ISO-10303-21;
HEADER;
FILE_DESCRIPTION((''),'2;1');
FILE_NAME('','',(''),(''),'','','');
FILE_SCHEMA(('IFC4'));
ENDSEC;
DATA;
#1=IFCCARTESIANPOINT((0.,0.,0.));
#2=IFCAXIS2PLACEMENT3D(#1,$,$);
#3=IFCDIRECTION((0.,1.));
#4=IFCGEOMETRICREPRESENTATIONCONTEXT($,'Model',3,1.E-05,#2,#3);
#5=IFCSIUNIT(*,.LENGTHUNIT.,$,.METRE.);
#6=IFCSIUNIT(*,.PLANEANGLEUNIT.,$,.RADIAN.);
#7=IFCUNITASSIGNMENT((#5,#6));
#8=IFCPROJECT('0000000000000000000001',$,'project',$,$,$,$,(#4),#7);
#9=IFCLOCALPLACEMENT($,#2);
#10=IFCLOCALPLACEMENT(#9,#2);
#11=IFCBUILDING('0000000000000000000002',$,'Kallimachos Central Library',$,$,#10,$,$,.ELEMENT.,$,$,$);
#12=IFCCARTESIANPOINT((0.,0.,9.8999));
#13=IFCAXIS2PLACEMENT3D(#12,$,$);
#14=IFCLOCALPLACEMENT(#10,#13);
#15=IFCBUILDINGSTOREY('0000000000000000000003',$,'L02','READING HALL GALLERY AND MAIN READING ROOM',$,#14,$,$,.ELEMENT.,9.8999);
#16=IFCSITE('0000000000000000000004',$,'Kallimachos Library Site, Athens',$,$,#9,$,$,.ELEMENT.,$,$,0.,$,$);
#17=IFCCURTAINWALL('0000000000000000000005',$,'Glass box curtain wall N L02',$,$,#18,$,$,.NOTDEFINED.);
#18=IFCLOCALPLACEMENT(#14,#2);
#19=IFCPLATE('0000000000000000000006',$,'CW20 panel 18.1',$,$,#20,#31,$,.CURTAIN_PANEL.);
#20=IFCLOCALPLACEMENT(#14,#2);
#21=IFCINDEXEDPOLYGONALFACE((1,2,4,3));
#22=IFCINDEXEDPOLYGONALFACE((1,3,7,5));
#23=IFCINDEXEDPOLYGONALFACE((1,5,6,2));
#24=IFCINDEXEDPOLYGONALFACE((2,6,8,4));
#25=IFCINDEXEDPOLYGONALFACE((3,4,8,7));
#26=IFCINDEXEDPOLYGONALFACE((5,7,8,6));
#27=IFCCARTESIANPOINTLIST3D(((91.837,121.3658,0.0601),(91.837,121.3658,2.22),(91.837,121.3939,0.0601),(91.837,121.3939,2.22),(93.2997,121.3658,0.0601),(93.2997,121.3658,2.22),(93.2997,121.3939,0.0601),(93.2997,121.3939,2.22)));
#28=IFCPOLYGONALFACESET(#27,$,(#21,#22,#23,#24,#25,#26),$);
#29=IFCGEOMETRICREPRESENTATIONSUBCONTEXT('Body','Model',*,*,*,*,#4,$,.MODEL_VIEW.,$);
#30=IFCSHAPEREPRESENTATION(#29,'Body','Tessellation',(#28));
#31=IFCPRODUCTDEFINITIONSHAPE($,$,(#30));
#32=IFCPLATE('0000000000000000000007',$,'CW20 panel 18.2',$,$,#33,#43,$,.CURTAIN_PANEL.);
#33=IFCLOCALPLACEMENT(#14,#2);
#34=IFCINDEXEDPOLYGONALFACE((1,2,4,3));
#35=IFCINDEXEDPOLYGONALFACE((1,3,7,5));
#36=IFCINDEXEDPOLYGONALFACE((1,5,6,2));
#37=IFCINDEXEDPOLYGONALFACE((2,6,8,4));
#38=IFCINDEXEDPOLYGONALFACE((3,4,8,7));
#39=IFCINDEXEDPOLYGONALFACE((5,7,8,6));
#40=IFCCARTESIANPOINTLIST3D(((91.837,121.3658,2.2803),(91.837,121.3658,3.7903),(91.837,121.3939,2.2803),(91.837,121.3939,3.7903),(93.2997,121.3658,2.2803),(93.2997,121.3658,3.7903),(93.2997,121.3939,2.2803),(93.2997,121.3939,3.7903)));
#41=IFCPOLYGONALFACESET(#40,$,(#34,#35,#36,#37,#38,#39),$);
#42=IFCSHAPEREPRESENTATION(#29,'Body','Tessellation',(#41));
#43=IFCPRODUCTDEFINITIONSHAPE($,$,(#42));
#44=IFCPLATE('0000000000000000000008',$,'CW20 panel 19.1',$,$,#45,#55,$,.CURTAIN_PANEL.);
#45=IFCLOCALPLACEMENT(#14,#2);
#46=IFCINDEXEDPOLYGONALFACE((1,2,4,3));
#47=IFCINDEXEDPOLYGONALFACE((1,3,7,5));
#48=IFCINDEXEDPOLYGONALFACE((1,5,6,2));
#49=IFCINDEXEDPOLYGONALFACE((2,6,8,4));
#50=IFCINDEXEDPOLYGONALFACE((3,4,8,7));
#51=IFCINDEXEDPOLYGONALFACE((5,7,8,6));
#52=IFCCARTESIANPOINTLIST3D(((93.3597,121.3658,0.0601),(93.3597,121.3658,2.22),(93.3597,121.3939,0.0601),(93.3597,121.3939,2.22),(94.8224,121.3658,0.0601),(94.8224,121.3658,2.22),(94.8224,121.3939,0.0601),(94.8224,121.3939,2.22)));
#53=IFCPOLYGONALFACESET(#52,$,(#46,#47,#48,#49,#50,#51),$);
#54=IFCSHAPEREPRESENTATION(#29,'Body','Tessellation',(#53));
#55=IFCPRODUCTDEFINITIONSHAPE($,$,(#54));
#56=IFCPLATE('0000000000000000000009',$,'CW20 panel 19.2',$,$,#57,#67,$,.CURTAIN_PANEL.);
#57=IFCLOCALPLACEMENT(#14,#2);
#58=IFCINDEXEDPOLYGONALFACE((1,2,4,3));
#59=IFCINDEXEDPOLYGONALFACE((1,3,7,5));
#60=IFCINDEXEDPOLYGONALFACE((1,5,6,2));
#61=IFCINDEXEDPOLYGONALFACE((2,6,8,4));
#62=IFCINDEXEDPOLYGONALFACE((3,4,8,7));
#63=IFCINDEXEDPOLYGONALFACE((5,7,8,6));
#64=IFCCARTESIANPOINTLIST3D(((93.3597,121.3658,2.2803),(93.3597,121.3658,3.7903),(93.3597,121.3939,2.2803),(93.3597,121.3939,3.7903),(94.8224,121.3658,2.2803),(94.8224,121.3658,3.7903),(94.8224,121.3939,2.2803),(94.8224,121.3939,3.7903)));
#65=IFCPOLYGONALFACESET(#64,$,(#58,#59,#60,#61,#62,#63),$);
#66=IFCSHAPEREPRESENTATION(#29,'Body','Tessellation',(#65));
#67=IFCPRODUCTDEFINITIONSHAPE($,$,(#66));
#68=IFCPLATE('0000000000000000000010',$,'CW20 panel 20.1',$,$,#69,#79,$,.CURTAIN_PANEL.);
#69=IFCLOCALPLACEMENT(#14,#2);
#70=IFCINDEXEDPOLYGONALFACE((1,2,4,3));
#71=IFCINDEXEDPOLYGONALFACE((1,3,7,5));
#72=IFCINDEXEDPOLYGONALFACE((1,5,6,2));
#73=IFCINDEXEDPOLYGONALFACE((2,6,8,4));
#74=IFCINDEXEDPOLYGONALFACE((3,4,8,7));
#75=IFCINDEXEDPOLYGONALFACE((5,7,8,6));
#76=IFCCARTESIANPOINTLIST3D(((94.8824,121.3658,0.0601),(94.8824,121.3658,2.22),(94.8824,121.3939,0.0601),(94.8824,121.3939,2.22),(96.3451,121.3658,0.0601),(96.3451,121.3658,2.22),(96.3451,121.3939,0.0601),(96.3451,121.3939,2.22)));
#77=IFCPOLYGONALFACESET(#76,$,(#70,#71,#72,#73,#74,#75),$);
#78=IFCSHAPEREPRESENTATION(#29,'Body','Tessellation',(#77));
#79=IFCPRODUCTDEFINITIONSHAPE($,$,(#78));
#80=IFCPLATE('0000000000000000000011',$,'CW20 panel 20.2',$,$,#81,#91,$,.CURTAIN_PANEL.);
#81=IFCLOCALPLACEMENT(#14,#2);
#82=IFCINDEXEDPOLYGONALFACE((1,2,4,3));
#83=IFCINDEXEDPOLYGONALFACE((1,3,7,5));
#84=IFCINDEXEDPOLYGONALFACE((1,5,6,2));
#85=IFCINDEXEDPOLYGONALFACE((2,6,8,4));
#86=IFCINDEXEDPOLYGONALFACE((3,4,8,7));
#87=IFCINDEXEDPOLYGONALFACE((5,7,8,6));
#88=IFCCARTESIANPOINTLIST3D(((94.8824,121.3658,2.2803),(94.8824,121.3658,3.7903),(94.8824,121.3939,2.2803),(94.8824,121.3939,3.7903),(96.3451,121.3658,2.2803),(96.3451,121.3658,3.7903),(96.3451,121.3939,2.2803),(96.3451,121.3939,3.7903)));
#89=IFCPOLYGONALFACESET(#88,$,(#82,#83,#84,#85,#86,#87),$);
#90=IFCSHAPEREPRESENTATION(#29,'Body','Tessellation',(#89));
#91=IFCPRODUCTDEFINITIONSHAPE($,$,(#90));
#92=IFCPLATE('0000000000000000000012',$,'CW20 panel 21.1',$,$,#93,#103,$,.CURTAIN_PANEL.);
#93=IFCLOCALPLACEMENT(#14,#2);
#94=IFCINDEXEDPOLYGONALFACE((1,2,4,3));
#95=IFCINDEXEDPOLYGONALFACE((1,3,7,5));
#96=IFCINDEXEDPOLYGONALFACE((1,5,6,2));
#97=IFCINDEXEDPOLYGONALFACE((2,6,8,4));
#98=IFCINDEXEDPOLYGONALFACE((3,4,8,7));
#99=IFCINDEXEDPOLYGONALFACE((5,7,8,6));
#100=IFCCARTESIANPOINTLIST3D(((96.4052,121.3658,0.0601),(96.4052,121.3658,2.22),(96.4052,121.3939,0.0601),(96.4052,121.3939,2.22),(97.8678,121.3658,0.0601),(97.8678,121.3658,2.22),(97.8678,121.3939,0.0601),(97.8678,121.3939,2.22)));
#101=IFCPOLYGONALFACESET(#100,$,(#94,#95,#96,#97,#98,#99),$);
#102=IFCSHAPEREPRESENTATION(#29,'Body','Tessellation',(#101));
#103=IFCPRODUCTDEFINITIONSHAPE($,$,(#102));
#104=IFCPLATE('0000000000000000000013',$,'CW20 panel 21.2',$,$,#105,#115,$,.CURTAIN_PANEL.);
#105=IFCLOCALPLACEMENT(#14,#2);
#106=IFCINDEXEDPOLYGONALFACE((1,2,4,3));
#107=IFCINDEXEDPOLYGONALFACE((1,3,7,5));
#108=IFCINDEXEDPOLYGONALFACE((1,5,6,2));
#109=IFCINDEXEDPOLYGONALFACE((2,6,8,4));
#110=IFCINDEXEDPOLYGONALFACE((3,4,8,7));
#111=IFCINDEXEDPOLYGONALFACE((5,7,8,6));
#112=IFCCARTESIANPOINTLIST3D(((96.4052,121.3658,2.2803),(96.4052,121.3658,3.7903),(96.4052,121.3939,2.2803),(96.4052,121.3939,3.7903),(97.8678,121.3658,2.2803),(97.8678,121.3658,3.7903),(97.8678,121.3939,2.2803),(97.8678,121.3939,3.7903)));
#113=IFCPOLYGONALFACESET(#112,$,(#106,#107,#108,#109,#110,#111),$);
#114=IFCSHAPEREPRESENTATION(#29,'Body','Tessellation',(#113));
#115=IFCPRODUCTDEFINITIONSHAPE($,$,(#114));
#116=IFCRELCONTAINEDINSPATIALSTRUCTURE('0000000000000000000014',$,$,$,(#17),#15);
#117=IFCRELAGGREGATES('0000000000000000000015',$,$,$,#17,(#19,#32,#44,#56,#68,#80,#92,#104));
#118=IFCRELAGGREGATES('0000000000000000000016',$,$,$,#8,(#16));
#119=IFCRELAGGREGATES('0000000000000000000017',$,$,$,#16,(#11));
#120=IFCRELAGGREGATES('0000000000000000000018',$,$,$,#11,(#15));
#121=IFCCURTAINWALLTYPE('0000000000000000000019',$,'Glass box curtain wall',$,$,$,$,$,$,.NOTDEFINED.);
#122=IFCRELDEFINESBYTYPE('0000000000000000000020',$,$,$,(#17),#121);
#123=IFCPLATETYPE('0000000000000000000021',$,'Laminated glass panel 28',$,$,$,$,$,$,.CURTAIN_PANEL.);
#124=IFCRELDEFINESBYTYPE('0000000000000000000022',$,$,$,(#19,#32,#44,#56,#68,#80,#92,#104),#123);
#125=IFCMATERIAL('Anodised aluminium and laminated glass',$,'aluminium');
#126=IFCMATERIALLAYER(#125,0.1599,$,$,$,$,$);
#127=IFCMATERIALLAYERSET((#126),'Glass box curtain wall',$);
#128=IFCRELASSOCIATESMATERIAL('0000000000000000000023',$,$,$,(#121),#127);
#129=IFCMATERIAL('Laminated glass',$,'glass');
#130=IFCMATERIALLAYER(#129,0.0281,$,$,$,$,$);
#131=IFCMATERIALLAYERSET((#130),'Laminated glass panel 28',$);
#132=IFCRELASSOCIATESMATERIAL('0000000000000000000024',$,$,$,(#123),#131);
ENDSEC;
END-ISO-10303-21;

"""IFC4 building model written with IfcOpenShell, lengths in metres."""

from ifc_helpers import new_model, si_unit, direction, frame, origin, origin_2d, place, context, subcontext, project, spatial, rectangle, extrude, material, layer, layer_set, type_object, element, aggregate, save


model = new_model("IFC4")

# Units and contexts
model_context = context("Model", 3, precision=1e-05, world=origin(), true_north=direction((0.0, 1.0)))
body_context = subcontext(model_context, "Body", "Model", "MODEL_VIEW")
ifc_project = project(units=[si_unit("LENGTHUNIT", "METRE"), si_unit("PLANEANGLEUNIT", "RADIAN")], contexts=[model_context])

# Site, building, storey
site_placement = place(None, origin())
site = spatial("IfcSite", under=ifc_project, at=site_placement, Name="Kallimachos Library Site, Athens", CompositionType="ELEMENT", RefElevation=0.0)
building_placement = place(site_placement, origin())
building = spatial("IfcBuilding", under=site, at=building_placement, Name="Kallimachos Central Library", CompositionType="ELEMENT")
storey_placement = place(building_placement, frame((0.0, 0.0, 9.8999)))
storey = spatial("IfcBuildingStorey", under=building, at=storey_placement, Name="L02", Description="READING HALL GALLERY AND MAIN READING ROOM", CompositionType="ELEMENT", Elevation=9.8999)

# Curtain wall
ifc_material_1 = material(Name="Anodised aluminium and laminated glass", Category="aluminium")
ifc_layer_1 = layer(ifc_material_1, 0.1599)
ifc_layer_set_1 = layer_set([ifc_layer_1], Name="Glass box curtain wall")
curtain_wall_type = type_object("IfcCurtainWallType", Name="Glass box curtain wall", PredefinedType="NOTDEFINED", material=ifc_layer_set_1)
curtain_wall_placement = place(storey_placement, origin())
curtain_wall = element("IfcCurtainWall", 1, at=curtain_wall_placement, inside=storey, type_object=curtain_wall_type, Name="Glass box curtain wall N L02", PredefinedType="NOTDEFINED")

# Plates
ifc_material_2 = material(Name="Laminated glass", Category="glass")
ifc_layer_2 = layer(ifc_material_2, 0.0281)
ifc_layer_set_2 = layer_set([ifc_layer_2], Name="Laminated glass panel 28")
plate_type = type_object("IfcPlateType", Name="Laminated glass panel 28", PredefinedType="CURTAIN_PANEL", material=ifc_layer_set_2)
plate_1_placement = place(storey_placement, frame((92.5684, 121.3799, 0.0601), z_axis=(0.0, 0.0, 1.0), x_axis=(1.0, 0.0, 0.0)))
plate_1 = element("IfcPlate", 2, at=plate_1_placement, type_object=plate_type, Name="CW20 panel 18.1", PredefinedType="CURTAIN_PANEL", context=body_context, shape_type="SweptSolid", body=[
    extrude(rectangle(XDim=1.4626, YDim=0.0281, at=origin_2d()), origin(), (0.0, 0.0, 1.0), 2.1599),
])
plate_2_placement = place(storey_placement, frame((92.5684, 121.3799, 2.2803), z_axis=(0.0, 0.0, 1.0), x_axis=(1.0, 0.0, 0.0)))
plate_2 = element("IfcPlate", 3, at=plate_2_placement, type_object=plate_type, Name="CW20 panel 18.2", PredefinedType="CURTAIN_PANEL", context=body_context, shape_type="SweptSolid", body=[
    extrude(rectangle(XDim=1.4626, YDim=0.0281, at=origin_2d()), origin(), (0.0, 0.0, 1.0), 1.51),
])
plate_3_placement = place(storey_placement, frame((94.0911, 121.3799, 0.0601), z_axis=(0.0, 0.0, 1.0), x_axis=(1.0, 0.0, 0.0)))
plate_3 = element("IfcPlate", 4, at=plate_3_placement, type_object=plate_type, Name="CW20 panel 19.1", PredefinedType="CURTAIN_PANEL", context=body_context, shape_type="SweptSolid", body=[
    extrude(rectangle(XDim=1.4626, YDim=0.0281, at=origin_2d()), origin(), (0.0, 0.0, 1.0), 2.1599),
])
plate_4_placement = place(storey_placement, frame((94.0911, 121.3799, 2.2803), z_axis=(0.0, 0.0, 1.0), x_axis=(1.0, 0.0, 0.0)))
plate_4 = element("IfcPlate", 5, at=plate_4_placement, type_object=plate_type, Name="CW20 panel 19.2", PredefinedType="CURTAIN_PANEL", context=body_context, shape_type="SweptSolid", body=[
    extrude(rectangle(XDim=1.4626, YDim=0.0281, at=origin_2d()), origin(), (0.0, 0.0, 1.0), 1.51),
])
plate_5_placement = place(storey_placement, frame((95.6138, 121.3799, 0.0601), z_axis=(0.0, 0.0, 1.0), x_axis=(1.0, 0.0, 0.0)))
plate_5 = element("IfcPlate", 6, at=plate_5_placement, type_object=plate_type, Name="CW20 panel 20.1", PredefinedType="CURTAIN_PANEL", context=body_context, shape_type="SweptSolid", body=[
    extrude(rectangle(XDim=1.4626, YDim=0.0281, at=origin_2d()), origin(), (0.0, 0.0, 1.0), 2.1599),
])
plate_6_placement = place(storey_placement, frame((95.6138, 121.3799, 2.2803), z_axis=(0.0, 0.0, 1.0), x_axis=(1.0, 0.0, 0.0)))
plate_6 = element("IfcPlate", 7, at=plate_6_placement, type_object=plate_type, Name="CW20 panel 20.2", PredefinedType="CURTAIN_PANEL", context=body_context, shape_type="SweptSolid", body=[
    extrude(rectangle(XDim=1.4626, YDim=0.0281, at=origin_2d()), origin(), (0.0, 0.0, 1.0), 1.51),
])
plate_7_placement = place(storey_placement, frame((97.1365, 121.3799, 0.0601), z_axis=(0.0, 0.0, 1.0), x_axis=(1.0, 0.0, 0.0)))
plate_7 = element("IfcPlate", 8, at=plate_7_placement, type_object=plate_type, Name="CW20 panel 21.1", PredefinedType="CURTAIN_PANEL", context=body_context, shape_type="SweptSolid", body=[
    extrude(rectangle(XDim=1.4626, YDim=0.0281, at=origin_2d()), origin(), (0.0, 0.0, 1.0), 2.1599),
])
plate_8_placement = place(storey_placement, frame((97.1365, 121.3799, 2.2803), z_axis=(0.0, 0.0, 1.0), x_axis=(1.0, 0.0, 0.0)))
plate_8 = element("IfcPlate", 9, at=plate_8_placement, type_object=plate_type, Name="CW20 panel 21.2", PredefinedType="CURTAIN_PANEL", context=body_context, shape_type="SweptSolid", body=[
    extrude(rectangle(XDim=1.4626, YDim=0.0281, at=origin_2d()), origin(), (0.0, 0.0, 1.0), 1.51),
])
aggregate(curtain_wall, [plate_1, plate_2, plate_3, plate_4, plate_5, plate_6, plate_7, plate_8])

save(model, "model.ifc")
